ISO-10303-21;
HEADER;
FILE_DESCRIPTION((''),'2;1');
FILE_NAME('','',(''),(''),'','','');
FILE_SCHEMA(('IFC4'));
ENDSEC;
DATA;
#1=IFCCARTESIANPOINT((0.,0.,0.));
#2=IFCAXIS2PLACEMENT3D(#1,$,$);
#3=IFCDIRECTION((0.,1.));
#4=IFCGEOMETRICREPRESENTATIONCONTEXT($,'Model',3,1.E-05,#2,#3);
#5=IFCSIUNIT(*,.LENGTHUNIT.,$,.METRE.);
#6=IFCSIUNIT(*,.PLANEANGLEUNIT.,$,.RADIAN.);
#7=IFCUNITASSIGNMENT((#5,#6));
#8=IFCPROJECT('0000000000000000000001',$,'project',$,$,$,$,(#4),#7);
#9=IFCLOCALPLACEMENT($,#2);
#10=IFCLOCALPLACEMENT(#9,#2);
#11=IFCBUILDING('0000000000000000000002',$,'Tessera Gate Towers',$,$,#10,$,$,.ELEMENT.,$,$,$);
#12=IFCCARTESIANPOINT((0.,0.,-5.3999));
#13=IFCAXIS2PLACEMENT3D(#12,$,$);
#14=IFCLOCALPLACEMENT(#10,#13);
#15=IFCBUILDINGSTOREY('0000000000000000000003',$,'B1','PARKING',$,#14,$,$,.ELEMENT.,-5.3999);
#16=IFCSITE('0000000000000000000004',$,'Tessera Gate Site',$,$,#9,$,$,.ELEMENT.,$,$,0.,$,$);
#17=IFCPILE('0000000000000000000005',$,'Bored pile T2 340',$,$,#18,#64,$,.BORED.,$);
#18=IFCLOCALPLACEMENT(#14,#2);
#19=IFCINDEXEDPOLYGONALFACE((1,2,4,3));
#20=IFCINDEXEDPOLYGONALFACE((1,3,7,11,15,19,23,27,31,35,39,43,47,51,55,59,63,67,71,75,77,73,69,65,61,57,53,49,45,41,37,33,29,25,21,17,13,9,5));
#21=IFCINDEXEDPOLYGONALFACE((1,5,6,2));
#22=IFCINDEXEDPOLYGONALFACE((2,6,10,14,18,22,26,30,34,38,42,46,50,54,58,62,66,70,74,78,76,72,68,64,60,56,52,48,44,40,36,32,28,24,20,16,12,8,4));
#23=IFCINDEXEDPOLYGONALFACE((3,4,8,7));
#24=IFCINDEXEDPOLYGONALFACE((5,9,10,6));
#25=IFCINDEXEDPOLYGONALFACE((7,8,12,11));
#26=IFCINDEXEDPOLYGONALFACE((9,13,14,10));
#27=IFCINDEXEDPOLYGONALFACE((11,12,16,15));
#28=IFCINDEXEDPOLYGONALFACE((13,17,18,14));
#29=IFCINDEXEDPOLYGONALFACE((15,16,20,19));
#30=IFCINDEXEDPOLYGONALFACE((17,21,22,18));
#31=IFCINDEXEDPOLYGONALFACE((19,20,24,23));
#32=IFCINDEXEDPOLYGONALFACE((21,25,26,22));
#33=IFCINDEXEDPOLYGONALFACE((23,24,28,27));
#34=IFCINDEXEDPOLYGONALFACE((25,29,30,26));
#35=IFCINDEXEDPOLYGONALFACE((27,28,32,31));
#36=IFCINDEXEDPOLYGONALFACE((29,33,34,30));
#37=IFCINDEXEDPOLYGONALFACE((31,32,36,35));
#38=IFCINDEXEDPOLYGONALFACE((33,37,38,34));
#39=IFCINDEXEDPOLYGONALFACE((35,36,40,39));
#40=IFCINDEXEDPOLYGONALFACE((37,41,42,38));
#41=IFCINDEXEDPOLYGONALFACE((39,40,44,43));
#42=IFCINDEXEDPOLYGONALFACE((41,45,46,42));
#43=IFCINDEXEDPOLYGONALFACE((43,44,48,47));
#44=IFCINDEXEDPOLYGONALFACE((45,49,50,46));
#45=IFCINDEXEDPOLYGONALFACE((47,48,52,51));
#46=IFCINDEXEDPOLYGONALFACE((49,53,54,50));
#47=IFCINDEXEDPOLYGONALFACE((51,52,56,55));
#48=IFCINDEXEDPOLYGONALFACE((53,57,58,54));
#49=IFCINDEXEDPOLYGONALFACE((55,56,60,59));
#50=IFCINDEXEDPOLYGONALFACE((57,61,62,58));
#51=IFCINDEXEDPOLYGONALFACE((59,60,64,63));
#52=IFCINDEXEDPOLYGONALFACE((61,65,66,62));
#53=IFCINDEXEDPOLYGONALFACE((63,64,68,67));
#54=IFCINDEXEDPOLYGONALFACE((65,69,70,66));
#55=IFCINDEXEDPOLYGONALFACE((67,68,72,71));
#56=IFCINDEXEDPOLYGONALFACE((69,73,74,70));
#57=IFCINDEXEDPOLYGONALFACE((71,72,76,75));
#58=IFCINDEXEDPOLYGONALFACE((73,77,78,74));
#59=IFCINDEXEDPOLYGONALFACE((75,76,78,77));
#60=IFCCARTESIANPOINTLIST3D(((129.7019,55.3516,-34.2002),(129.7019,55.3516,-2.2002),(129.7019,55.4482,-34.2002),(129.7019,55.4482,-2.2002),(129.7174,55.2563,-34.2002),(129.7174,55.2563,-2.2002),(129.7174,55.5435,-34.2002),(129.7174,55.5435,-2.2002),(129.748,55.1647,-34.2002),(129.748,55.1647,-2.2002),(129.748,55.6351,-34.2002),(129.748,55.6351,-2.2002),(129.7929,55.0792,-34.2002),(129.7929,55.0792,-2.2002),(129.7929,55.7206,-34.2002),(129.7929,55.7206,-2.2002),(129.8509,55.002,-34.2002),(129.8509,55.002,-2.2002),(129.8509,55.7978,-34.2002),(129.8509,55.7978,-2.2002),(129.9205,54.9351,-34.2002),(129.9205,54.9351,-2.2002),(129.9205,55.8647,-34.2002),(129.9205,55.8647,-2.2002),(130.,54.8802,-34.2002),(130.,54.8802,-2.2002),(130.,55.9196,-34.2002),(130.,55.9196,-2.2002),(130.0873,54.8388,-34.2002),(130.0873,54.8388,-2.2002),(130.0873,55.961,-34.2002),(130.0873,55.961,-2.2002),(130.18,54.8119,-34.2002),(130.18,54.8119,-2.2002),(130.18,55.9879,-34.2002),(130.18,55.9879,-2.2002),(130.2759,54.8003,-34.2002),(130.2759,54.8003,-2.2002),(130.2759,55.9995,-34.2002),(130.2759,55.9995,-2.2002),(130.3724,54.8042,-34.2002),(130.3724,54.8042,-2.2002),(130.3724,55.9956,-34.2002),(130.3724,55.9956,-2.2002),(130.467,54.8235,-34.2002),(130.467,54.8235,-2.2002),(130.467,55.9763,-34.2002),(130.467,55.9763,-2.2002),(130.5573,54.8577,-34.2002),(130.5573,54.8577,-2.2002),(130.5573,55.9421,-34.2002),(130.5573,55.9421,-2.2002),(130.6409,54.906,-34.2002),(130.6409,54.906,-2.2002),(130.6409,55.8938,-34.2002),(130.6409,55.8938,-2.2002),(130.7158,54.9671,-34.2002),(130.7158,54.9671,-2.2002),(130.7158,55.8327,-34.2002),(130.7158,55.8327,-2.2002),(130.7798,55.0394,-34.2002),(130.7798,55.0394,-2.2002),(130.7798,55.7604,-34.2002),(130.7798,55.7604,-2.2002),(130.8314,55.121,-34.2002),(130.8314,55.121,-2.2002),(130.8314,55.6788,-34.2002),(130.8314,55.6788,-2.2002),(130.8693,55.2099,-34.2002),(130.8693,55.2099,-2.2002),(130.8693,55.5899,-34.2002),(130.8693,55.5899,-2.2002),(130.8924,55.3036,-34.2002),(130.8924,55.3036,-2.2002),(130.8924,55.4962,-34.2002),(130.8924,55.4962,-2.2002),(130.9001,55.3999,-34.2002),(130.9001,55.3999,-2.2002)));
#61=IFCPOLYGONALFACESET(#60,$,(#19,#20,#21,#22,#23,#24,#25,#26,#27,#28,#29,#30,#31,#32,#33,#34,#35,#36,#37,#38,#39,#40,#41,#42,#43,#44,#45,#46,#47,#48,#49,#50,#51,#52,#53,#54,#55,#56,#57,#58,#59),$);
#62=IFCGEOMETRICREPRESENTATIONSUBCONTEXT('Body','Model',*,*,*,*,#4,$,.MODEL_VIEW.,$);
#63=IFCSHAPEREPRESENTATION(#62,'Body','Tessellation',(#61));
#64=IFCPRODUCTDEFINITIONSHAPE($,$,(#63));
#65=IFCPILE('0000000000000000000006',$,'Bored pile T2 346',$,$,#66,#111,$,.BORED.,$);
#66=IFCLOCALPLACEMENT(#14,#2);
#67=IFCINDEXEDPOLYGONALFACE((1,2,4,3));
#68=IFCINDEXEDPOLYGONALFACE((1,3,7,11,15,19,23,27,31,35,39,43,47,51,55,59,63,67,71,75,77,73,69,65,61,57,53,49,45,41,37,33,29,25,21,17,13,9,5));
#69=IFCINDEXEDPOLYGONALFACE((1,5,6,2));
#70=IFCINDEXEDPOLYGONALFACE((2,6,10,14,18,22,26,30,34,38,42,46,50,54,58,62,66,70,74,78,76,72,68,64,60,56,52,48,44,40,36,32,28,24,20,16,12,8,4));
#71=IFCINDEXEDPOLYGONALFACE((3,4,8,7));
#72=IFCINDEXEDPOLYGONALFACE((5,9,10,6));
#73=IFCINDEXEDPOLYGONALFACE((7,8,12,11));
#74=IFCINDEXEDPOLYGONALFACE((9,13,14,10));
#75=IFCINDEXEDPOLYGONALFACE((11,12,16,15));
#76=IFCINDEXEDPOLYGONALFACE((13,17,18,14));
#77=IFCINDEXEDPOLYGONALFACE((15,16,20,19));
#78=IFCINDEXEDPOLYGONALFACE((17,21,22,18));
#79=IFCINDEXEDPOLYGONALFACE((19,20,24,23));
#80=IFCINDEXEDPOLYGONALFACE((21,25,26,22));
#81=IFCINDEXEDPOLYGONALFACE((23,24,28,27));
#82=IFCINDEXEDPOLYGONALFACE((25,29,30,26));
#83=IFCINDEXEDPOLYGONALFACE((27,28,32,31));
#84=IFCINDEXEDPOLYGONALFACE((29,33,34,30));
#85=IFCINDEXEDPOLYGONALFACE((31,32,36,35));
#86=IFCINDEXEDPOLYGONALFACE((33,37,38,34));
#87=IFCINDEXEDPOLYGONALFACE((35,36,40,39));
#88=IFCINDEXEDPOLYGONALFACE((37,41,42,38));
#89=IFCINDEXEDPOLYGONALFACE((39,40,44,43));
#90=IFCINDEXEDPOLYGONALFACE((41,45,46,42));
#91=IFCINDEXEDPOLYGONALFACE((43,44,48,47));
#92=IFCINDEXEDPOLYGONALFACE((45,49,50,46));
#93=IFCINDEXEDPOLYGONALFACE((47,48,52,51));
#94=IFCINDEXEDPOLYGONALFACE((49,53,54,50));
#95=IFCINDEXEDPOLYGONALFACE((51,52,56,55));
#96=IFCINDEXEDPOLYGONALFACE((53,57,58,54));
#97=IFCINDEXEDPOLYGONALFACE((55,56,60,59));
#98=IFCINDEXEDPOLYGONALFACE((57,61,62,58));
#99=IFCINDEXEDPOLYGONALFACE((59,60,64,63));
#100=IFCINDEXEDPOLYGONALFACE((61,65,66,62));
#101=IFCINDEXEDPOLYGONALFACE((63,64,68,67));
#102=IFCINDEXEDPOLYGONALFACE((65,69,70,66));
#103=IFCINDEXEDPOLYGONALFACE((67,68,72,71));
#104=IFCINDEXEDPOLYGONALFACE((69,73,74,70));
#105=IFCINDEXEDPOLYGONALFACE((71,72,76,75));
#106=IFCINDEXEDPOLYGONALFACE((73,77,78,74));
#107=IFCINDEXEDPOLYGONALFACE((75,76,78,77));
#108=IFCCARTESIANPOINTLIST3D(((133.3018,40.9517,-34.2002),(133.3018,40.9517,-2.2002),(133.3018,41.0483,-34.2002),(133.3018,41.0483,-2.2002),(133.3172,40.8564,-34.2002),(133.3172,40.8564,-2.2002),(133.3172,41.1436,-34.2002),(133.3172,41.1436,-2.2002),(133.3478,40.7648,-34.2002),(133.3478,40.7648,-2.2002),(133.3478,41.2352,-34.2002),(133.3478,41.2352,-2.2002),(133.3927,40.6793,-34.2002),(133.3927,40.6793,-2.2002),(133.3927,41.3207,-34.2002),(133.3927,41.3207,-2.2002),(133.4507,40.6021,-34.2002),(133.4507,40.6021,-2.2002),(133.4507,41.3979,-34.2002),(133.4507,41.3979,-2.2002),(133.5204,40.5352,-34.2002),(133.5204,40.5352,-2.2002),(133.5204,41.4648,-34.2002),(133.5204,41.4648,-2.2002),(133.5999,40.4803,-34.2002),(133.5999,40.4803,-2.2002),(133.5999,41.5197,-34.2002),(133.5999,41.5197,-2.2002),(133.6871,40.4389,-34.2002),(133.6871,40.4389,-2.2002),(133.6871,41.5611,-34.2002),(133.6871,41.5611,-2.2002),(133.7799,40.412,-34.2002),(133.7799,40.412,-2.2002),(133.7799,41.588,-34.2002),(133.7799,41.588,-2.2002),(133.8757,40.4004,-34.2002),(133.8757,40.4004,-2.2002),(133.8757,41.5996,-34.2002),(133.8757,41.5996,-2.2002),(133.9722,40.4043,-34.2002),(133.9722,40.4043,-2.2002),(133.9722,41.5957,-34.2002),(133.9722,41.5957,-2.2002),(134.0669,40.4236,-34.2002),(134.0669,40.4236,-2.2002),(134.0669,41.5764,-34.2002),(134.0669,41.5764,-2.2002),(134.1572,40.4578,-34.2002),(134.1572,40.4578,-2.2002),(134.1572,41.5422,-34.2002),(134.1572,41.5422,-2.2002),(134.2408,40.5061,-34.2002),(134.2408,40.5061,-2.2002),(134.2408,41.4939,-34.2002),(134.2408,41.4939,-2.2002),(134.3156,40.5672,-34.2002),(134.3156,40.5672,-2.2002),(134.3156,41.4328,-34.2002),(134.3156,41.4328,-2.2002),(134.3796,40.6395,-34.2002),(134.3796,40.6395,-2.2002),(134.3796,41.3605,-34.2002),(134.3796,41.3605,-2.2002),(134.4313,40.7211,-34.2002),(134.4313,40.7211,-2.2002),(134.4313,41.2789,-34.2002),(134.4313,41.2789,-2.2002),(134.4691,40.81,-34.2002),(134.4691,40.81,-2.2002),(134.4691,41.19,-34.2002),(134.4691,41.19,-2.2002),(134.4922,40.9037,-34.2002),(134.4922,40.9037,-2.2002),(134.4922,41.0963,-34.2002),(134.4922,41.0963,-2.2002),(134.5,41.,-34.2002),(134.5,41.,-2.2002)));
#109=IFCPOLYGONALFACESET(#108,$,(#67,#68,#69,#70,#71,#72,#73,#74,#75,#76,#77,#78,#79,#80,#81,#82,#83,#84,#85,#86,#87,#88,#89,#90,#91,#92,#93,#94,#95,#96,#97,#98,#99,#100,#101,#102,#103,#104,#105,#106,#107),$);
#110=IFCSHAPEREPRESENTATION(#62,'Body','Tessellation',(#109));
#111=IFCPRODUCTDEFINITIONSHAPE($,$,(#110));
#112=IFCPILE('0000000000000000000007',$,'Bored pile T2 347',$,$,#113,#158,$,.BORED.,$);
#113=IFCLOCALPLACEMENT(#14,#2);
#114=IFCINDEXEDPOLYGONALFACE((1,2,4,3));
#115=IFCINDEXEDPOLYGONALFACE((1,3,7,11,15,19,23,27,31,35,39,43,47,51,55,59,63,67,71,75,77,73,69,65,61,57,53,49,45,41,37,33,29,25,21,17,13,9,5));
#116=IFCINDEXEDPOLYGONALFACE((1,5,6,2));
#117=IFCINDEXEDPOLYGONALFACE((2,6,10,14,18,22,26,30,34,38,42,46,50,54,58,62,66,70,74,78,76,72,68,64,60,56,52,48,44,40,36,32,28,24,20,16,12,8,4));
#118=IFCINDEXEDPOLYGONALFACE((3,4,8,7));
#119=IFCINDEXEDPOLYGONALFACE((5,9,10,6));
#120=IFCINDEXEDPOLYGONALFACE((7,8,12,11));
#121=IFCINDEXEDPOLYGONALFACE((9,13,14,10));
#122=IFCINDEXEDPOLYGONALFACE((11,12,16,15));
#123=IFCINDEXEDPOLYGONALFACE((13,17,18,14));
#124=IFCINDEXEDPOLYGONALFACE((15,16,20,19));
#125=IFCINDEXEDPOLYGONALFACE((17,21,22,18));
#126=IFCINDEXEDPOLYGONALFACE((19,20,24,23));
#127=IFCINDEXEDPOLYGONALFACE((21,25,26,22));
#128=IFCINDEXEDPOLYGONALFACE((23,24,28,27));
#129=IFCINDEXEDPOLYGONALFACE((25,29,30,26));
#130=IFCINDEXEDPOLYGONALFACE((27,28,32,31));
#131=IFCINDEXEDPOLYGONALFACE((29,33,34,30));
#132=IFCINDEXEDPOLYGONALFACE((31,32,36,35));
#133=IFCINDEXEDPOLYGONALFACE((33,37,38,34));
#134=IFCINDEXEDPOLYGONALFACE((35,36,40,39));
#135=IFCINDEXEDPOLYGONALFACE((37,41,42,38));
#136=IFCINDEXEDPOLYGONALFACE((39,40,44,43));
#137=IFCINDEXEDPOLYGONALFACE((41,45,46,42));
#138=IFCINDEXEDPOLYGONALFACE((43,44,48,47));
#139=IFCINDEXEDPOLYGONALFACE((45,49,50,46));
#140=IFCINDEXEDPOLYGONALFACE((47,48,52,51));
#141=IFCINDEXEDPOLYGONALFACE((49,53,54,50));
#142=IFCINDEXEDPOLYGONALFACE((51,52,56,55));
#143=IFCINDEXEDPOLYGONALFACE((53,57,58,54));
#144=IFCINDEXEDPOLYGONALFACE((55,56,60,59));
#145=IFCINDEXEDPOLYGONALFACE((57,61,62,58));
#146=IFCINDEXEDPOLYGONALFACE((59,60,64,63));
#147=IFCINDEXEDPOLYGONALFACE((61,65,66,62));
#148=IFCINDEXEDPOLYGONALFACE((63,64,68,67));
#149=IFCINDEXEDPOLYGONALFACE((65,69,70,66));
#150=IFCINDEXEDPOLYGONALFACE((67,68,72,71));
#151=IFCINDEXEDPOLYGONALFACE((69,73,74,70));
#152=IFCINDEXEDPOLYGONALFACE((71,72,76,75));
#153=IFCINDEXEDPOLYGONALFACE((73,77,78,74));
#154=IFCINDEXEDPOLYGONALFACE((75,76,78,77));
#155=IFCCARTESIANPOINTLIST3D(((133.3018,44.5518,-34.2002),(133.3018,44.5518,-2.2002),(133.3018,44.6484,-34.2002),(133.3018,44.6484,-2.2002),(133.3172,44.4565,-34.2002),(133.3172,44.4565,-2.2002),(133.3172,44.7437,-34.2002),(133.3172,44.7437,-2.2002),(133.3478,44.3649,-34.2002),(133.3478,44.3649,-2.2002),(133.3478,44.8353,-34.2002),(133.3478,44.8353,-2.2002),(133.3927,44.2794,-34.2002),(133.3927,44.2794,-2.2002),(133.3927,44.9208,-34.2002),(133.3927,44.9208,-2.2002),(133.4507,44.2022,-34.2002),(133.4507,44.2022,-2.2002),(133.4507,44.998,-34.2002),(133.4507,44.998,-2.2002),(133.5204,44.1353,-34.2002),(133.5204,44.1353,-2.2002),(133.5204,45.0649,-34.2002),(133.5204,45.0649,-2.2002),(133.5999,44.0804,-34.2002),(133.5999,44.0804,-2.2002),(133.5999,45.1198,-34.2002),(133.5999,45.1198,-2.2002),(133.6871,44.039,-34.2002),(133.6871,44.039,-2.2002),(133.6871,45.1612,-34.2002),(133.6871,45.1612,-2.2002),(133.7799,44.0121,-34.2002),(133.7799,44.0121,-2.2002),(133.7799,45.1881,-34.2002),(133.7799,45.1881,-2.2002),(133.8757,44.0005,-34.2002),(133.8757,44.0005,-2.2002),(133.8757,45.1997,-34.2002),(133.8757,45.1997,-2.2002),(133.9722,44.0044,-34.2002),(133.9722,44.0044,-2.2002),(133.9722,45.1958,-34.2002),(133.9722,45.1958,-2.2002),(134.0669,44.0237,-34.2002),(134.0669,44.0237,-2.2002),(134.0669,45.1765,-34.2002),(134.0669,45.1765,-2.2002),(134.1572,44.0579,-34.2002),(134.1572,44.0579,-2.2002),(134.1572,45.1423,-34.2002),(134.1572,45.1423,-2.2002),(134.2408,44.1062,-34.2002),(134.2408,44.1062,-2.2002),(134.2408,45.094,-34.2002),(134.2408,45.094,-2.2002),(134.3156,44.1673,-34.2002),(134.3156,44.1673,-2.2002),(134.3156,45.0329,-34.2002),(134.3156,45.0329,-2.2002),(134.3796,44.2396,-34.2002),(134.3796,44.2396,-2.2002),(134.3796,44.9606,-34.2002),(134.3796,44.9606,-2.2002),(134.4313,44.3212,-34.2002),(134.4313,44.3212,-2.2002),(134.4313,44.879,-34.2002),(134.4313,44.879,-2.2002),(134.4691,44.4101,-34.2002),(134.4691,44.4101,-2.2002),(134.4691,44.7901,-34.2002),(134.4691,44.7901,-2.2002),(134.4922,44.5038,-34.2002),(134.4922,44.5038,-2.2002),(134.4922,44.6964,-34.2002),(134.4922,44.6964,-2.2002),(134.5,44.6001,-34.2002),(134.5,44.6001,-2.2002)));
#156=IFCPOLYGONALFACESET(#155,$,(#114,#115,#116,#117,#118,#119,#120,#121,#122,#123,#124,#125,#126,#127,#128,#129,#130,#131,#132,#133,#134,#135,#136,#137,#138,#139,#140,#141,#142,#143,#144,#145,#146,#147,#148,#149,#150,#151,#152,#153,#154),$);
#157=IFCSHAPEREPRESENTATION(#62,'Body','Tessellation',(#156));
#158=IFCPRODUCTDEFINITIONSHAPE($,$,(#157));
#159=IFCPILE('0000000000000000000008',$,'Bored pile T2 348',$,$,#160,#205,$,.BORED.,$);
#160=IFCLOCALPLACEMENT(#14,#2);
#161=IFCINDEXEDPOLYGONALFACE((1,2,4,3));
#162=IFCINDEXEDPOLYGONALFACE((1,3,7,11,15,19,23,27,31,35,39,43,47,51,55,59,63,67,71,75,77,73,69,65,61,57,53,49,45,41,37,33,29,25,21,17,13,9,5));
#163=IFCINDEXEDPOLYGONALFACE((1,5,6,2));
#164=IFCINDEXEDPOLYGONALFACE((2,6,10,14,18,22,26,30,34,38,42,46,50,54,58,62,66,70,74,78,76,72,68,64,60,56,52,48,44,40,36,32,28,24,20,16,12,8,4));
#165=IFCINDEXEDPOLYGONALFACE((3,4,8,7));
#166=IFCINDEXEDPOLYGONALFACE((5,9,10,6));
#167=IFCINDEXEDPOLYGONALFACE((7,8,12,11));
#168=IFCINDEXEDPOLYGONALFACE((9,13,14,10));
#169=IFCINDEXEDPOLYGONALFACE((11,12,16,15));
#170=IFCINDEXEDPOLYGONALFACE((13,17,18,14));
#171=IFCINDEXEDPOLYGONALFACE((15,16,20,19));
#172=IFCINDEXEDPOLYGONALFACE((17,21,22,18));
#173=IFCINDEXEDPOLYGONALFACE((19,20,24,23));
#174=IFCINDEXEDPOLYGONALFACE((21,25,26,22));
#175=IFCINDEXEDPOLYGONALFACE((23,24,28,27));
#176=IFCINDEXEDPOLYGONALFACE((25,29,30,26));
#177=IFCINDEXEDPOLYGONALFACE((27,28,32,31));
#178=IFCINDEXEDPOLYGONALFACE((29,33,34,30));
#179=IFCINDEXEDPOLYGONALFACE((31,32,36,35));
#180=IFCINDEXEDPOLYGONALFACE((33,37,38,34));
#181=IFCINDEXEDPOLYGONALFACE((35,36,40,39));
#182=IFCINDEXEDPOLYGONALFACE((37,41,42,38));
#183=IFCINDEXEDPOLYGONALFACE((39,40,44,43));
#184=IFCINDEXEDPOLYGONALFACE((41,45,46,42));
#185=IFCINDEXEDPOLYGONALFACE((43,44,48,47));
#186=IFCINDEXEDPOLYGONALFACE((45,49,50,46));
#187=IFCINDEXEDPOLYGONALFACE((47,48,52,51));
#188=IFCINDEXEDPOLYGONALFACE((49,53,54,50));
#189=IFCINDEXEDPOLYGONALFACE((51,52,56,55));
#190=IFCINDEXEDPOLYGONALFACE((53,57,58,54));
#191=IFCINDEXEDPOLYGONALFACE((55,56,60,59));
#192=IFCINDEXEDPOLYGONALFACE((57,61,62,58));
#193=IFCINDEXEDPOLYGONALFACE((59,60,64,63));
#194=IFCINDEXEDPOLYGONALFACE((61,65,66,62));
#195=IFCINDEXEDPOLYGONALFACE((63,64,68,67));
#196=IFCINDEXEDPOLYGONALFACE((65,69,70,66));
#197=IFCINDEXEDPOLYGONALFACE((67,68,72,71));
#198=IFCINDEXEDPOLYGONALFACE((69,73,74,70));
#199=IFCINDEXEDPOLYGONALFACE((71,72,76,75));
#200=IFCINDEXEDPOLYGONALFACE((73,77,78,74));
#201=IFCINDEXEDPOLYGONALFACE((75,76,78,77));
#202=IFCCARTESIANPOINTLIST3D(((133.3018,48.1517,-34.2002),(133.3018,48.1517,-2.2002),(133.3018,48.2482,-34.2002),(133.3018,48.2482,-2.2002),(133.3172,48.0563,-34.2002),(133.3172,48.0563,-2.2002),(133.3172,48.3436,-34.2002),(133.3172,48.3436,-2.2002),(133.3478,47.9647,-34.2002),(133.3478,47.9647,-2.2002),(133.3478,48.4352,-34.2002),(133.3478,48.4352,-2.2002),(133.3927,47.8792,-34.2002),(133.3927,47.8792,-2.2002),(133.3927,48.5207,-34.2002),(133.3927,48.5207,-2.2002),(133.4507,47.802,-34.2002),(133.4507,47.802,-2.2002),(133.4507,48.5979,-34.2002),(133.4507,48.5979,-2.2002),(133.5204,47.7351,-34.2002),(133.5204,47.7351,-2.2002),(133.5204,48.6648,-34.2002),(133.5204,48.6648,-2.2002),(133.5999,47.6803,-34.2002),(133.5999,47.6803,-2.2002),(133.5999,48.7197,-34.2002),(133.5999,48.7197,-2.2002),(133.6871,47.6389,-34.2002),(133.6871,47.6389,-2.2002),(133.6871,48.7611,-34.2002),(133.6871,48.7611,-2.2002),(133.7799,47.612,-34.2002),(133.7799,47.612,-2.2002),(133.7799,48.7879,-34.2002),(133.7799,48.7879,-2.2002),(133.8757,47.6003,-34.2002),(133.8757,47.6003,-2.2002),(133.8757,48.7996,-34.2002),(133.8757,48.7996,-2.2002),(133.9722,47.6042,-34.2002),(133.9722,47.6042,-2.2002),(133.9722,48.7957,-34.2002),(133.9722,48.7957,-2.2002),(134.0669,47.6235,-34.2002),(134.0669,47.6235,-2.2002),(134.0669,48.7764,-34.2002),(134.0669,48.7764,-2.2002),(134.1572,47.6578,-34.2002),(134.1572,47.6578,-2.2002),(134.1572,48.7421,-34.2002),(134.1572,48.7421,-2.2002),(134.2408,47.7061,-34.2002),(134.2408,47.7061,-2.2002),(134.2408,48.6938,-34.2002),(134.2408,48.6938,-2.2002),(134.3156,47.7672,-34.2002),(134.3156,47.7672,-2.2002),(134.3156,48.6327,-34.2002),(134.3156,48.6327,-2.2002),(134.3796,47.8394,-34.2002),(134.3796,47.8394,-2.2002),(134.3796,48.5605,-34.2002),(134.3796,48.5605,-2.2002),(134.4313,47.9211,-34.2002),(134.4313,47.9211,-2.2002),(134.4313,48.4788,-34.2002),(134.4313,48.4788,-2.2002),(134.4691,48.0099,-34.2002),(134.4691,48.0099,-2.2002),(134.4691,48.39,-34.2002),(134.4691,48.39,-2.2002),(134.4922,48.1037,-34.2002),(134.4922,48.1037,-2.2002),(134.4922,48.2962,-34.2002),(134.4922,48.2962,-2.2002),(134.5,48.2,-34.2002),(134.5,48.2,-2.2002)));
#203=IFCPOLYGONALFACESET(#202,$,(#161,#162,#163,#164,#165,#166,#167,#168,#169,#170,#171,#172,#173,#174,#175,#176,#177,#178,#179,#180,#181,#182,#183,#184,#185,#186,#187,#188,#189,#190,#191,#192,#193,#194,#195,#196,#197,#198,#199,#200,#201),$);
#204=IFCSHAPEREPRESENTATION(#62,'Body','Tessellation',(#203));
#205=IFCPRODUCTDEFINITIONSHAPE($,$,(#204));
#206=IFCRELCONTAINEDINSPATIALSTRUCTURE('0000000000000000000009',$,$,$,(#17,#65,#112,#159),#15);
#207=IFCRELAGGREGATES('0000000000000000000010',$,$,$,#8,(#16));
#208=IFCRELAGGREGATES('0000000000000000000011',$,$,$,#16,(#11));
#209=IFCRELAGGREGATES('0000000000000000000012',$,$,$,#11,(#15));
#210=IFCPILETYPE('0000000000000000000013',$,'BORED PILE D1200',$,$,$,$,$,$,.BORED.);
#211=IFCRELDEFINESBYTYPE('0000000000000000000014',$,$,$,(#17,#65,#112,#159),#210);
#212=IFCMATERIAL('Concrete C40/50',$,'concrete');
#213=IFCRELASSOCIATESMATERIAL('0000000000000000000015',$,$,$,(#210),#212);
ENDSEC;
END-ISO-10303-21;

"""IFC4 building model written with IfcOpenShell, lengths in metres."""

from ifc_helpers import new_model, si_unit, direction, frame, origin, origin_2d, place, context, subcontext, project, spatial, circle, extrude, material, material_profile, profile_set, type_object, element, save


model = new_model("IFC4")

# Units and contexts
model_context = context("Model", 3, precision=1e-05, world=origin(), true_north=direction((0.0, 1.0)))
body_context = subcontext(model_context, "Body", "Model", "MODEL_VIEW")
ifc_project = project(units=[si_unit("LENGTHUNIT", "METRE"), si_unit("PLANEANGLEUNIT", "RADIAN")], contexts=[model_context])

# Site, building, storey
site_placement = place(None, origin())
site = spatial("IfcSite", under=ifc_project, at=site_placement, Name="Tessera Gate Site", CompositionType="ELEMENT", RefElevation=0.0)
building_placement = place(site_placement, origin())
building = spatial("IfcBuilding", under=site, at=building_placement, Name="Tessera Gate Towers", CompositionType="ELEMENT")
storey_placement = place(building_placement, frame((0.0, 0.0, -5.3999)))
storey = spatial("IfcBuildingStorey", under=building, at=storey_placement, Name="B1", Description="PARKING", CompositionType="ELEMENT", Elevation=-5.3999)

# Piles
ifc_material_1 = material(Name="Concrete C40/50", Category="concrete")
ifc_material_profile_1 = material_profile(ifc_material_1, circle(Radius=0.6001, at=origin_2d()), Name="BORED PILE D1200")
ifc_profile_set_1 = profile_set([ifc_material_profile_1], Name="Concrete C40/50")
pile_type = type_object("IfcPileType", Name="BORED PILE D1200", PredefinedType="BORED", material=ifc_profile_set_1)
for number, where, z_axis, x_axis, name in (
    (1, (130.3, 55.3999, -2.2002), (0.0, 0.0, -1.0), (1.0, 0.0, 0.0), "Bored pile T2 340"),
    (2, (133.8999, 41.0, -2.2002), (0.0, 0.0, -1.0), (1.0, 0.0, 0.0), "Bored pile T2 346"),
    (3, (133.8999, 44.6001, -2.2002), (0.0, 0.0, -1.0), (1.0, 0.0, 0.0), "Bored pile T2 347"),
    (4, (133.8999, 48.2, -2.2002), (0.0, 0.0, -1.0), (1.0, 0.0, 0.0), "Bored pile T2 348"),
):
    element("IfcPile", number, at=place(storey_placement, frame(where, z_axis=z_axis, x_axis=x_axis)), inside=storey, type_object=pile_type, Name=name, PredefinedType="BORED", context=body_context, shape_type="SweptSolid", body=[
        extrude(circle(Radius=0.6001, at=origin_2d()), origin(), (0.0, 0.0, 1.0), 32.0),
    ])

save(model, "model.ifc")
